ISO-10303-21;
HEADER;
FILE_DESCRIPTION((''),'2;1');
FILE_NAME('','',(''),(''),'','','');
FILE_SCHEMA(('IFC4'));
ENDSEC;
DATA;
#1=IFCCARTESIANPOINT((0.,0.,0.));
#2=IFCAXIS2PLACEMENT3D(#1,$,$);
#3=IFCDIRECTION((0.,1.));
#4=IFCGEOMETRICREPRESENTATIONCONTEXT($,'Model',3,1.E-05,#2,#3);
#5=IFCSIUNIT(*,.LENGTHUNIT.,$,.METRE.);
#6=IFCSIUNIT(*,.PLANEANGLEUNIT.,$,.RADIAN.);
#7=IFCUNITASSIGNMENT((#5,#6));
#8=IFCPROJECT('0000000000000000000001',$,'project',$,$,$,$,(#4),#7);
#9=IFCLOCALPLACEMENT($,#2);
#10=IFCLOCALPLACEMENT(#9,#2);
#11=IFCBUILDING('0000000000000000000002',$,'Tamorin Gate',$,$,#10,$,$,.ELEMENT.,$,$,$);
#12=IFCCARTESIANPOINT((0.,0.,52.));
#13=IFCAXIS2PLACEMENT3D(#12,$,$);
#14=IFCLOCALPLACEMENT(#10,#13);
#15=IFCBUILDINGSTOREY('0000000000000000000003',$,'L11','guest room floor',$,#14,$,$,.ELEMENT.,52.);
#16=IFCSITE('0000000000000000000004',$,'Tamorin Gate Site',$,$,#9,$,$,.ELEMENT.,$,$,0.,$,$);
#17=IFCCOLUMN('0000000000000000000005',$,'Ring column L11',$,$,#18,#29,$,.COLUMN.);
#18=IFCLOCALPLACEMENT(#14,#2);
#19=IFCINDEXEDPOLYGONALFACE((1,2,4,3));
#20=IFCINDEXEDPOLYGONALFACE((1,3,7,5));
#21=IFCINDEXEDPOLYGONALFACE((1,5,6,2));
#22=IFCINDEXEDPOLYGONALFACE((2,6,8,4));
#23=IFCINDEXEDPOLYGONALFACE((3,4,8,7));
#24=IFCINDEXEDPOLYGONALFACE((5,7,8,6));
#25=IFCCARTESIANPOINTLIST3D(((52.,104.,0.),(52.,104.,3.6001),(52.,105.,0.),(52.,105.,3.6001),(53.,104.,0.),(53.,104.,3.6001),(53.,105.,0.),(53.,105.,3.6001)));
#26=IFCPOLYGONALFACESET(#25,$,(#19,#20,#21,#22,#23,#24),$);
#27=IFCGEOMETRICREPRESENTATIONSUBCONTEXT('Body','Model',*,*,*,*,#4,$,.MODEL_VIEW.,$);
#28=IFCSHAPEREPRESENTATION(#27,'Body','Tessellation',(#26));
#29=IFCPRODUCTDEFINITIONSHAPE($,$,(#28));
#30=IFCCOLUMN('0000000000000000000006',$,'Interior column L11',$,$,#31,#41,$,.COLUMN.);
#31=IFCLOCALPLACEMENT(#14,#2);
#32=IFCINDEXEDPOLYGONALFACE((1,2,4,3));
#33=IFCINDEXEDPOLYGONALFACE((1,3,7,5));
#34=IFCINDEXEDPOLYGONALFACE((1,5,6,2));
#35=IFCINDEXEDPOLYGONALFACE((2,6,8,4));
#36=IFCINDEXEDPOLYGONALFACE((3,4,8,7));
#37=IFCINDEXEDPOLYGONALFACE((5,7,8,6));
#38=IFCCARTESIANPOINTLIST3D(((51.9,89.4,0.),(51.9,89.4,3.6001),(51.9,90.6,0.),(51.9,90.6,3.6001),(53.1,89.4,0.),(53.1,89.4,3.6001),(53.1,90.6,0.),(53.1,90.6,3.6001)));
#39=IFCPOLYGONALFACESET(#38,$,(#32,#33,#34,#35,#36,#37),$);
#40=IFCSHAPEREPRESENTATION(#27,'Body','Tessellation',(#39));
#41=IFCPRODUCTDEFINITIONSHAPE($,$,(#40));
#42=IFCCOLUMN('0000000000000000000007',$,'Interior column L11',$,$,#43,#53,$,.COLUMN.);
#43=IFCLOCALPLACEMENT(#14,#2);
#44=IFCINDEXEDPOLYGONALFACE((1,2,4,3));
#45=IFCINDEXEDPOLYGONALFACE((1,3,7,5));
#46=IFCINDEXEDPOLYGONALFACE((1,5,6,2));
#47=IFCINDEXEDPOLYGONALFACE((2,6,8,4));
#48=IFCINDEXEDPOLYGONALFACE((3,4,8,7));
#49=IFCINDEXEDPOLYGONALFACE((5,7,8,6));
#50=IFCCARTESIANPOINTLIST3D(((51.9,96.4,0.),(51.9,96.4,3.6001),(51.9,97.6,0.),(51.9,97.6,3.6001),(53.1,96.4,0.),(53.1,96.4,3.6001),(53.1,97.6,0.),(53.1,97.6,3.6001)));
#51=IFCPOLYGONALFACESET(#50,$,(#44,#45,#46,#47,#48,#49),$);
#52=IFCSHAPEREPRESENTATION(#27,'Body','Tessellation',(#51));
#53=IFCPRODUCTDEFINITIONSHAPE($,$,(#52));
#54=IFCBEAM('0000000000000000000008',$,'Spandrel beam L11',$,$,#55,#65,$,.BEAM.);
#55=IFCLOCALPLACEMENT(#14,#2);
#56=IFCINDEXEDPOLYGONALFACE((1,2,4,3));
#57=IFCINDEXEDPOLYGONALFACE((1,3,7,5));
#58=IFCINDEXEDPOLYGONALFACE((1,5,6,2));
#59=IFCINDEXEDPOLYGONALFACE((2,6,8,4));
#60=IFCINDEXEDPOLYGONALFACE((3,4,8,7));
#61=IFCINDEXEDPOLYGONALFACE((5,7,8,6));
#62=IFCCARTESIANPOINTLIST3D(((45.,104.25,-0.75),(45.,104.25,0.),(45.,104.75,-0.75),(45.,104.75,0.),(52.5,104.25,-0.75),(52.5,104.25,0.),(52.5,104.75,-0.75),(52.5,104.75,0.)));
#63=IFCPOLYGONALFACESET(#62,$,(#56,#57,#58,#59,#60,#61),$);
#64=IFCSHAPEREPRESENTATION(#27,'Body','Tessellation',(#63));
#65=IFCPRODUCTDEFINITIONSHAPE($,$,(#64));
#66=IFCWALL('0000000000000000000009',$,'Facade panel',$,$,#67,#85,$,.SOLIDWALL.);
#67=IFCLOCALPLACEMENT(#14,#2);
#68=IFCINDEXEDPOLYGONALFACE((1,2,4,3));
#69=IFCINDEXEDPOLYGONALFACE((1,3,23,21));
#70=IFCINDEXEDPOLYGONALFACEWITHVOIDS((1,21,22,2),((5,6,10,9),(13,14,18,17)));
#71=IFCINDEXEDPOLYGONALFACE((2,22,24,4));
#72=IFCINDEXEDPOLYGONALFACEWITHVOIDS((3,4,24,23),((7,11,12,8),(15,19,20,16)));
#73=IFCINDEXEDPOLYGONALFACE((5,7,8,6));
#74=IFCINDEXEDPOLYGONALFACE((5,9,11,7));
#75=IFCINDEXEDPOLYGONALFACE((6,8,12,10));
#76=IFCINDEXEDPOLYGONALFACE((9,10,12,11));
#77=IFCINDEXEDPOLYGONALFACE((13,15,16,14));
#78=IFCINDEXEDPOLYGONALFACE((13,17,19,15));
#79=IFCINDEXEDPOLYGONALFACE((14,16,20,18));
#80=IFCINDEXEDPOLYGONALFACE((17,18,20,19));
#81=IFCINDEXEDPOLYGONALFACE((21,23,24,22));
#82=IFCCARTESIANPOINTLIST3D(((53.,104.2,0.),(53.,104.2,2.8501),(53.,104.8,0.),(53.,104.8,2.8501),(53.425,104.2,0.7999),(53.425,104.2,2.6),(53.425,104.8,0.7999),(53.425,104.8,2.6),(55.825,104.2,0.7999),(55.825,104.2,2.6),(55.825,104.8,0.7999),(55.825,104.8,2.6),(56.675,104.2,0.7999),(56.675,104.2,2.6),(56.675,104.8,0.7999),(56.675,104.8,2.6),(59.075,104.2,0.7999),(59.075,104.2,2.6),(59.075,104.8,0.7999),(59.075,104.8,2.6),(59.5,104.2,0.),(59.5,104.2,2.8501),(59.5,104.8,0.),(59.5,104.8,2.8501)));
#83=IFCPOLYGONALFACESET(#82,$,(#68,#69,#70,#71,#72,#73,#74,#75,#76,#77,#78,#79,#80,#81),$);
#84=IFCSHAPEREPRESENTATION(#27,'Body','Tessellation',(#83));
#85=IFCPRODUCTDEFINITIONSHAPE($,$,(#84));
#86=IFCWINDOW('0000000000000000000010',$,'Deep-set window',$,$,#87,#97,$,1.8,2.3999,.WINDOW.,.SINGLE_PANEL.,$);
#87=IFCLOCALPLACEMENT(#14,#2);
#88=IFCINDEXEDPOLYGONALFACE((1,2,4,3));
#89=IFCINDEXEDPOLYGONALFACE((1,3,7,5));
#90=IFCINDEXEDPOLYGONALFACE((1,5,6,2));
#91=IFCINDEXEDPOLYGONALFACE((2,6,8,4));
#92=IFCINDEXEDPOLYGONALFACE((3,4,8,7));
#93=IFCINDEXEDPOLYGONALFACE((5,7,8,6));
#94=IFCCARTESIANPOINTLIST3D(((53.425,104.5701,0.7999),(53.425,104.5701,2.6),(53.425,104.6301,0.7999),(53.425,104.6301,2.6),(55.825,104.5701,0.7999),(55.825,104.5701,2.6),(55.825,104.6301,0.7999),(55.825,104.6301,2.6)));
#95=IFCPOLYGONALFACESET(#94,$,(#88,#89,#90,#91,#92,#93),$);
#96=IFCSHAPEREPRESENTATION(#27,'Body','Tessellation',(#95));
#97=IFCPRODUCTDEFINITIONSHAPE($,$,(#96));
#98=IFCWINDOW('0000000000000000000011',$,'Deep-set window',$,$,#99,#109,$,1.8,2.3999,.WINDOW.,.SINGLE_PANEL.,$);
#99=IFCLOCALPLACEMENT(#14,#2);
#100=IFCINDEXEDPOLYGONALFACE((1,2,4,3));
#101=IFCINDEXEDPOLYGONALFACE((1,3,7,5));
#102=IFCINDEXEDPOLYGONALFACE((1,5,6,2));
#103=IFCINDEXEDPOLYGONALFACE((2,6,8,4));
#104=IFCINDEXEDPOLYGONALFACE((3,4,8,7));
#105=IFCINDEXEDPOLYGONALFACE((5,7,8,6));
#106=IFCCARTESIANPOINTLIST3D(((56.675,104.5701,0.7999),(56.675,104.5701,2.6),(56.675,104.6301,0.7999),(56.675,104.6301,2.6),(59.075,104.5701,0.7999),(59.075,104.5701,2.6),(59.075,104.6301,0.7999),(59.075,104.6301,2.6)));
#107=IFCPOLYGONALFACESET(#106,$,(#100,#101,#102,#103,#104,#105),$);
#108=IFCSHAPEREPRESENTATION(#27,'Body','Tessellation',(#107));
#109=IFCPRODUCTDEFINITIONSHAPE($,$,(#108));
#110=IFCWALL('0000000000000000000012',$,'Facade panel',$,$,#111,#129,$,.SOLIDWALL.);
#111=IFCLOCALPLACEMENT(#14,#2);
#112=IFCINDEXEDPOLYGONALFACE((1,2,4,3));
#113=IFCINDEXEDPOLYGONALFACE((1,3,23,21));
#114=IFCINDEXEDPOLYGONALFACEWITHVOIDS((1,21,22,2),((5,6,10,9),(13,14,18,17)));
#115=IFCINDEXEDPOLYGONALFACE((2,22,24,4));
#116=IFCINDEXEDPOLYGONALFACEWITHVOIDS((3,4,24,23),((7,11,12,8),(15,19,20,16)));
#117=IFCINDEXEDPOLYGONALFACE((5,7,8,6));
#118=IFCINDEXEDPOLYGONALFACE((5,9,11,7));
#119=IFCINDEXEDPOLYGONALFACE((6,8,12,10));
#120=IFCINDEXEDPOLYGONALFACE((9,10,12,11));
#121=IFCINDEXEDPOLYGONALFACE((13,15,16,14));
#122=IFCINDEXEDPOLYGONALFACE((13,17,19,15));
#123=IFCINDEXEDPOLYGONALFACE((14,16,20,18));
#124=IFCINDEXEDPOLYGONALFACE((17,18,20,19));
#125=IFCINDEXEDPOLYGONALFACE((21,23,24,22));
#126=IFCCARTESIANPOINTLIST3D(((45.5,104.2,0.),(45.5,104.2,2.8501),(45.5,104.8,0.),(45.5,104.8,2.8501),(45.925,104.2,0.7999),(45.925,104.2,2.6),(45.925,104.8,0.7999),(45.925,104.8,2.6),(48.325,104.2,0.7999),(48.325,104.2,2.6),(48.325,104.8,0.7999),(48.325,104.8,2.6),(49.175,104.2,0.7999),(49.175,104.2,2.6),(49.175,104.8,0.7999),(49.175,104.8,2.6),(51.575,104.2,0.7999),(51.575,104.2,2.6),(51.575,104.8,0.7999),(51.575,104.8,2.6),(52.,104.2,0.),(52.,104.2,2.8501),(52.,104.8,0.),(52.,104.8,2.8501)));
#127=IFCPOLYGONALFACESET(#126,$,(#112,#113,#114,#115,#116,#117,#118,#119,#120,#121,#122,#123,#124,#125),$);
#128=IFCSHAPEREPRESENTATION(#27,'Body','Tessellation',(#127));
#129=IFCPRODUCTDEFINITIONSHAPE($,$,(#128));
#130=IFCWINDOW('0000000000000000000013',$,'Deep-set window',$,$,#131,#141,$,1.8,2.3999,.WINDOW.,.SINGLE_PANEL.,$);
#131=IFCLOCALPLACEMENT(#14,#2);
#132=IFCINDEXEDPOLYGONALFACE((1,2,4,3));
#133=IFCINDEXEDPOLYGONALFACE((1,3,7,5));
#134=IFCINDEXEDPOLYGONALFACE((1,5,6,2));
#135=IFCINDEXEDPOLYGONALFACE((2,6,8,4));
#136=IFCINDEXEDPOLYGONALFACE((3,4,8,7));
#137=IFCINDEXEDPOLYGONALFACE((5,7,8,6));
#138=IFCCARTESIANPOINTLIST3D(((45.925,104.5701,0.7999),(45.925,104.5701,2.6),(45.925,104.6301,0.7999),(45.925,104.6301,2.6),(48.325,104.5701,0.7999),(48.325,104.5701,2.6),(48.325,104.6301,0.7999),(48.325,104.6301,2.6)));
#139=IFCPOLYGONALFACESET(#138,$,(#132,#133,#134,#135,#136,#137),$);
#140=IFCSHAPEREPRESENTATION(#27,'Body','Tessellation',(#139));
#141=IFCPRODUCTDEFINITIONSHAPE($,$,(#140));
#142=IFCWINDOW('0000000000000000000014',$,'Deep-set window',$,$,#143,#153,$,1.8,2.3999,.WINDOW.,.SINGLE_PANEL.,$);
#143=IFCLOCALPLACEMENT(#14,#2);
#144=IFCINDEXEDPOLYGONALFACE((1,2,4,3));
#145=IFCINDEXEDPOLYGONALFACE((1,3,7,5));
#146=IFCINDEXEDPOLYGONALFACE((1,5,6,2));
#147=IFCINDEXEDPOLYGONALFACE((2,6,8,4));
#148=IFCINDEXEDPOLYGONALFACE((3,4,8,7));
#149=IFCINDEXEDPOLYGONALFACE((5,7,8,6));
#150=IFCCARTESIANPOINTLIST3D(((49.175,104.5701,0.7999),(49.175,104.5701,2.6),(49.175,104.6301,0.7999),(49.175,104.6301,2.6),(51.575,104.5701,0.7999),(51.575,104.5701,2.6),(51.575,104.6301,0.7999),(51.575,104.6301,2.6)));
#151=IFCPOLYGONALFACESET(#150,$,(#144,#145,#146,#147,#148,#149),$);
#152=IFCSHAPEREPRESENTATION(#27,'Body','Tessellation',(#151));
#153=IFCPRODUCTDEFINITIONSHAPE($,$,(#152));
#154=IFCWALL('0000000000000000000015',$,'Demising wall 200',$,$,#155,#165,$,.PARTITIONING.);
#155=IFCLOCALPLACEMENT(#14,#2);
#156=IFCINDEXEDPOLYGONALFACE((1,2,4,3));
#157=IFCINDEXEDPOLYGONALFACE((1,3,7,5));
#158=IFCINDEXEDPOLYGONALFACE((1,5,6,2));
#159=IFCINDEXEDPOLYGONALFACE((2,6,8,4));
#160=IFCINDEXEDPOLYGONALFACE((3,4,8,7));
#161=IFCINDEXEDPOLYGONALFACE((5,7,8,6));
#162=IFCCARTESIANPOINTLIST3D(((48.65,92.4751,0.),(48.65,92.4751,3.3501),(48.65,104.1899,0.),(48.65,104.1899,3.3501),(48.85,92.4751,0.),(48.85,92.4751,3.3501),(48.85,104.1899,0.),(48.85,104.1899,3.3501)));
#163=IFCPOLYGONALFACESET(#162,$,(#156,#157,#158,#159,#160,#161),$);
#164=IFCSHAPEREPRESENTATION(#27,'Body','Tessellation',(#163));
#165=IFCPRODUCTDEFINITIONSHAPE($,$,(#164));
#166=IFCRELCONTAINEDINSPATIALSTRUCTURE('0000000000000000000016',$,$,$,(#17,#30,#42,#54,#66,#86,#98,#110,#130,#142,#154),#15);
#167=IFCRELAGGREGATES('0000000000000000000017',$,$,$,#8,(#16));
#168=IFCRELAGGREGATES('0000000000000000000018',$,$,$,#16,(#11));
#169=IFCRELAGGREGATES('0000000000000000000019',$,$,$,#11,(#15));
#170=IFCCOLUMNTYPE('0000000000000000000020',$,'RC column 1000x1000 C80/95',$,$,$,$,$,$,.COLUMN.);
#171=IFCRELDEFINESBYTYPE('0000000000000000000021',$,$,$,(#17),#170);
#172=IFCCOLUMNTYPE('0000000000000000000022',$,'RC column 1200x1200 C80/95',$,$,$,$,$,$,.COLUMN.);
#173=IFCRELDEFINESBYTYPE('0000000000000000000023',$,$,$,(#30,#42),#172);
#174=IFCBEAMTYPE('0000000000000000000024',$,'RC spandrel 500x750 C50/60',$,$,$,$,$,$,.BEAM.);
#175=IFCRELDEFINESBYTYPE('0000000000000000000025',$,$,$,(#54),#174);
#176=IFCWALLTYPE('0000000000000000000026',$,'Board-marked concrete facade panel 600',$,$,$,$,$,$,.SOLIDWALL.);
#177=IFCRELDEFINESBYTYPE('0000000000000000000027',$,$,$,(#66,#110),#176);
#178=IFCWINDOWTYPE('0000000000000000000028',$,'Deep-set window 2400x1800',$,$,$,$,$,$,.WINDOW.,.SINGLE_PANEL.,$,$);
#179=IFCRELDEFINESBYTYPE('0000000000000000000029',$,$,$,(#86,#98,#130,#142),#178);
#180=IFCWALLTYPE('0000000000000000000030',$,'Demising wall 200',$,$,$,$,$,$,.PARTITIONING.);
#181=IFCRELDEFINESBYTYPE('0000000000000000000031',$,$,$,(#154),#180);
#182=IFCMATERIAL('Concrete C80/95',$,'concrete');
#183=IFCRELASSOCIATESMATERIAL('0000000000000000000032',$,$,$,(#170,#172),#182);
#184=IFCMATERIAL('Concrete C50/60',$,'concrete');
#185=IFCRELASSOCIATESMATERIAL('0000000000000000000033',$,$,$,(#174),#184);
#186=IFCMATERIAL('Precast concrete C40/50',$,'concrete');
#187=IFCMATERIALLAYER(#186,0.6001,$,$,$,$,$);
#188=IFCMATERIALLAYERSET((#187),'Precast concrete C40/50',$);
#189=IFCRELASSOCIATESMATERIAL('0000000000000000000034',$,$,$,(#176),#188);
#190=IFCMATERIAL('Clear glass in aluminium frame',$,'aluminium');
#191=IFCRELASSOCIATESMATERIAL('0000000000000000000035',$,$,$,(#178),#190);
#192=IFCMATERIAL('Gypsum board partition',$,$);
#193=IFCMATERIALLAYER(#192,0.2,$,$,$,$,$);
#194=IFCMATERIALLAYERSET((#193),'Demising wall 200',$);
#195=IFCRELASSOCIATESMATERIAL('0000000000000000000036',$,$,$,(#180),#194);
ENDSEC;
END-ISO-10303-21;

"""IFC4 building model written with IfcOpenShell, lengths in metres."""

from ifc_helpers import new_model, si_unit, direction, frame, frame_2d, origin, origin_2d, place, context, subcontext, project, spatial, rectangle, extrude, material, layer, layer_set, material_profile, profile_set, type_object, element, fill, save


model = new_model("IFC4")

# Units and contexts
model_context = context("Model", 3, precision=1e-05, world=origin(), true_north=direction((0.0, 1.0)))
body_context = subcontext(model_context, "Body", "Model", "MODEL_VIEW")
ifc_project = project(units=[si_unit("LENGTHUNIT", "METRE"), si_unit("PLANEANGLEUNIT", "RADIAN")], contexts=[model_context])

# Site, building, storey
site_placement = place(None, origin())
site = spatial("IfcSite", under=ifc_project, at=site_placement, Name="Tamorin Gate Site", CompositionType="ELEMENT", RefElevation=0.0)
building_placement = place(site_placement, origin())
building = spatial("IfcBuilding", under=site, at=building_placement, Name="Tamorin Gate", CompositionType="ELEMENT")
storey_placement = place(building_placement, frame((0.0, 0.0, 52.0)))
storey = spatial("IfcBuildingStorey", under=building, at=storey_placement, Name="L11", Description="guest room floor", CompositionType="ELEMENT", Elevation=52.0)

# Columns
ifc_material_1 = material(Name="Concrete C80/95", Category="concrete")
ifc_material_profile_1 = material_profile(ifc_material_1, rectangle(XDim=1.0, YDim=1.0, at=origin_2d()), Name="RC 1000x1000")
ifc_profile_set_1 = profile_set([ifc_material_profile_1], Name="Concrete C80/95")
column_type_1 = type_object("IfcColumnType", Name="RC column 1000x1000 C80/95", PredefinedType="COLUMN", material=ifc_profile_set_1)
column_placement = place(storey_placement, frame((52.5, 104.5, 0.0), z_axis=(0.0, 0.0, 1.0), x_axis=(1.0, 0.0, 0.0)))
element("IfcColumn", 1, at=column_placement, inside=storey, type_object=column_type_1, Name="Ring column L11", PredefinedType="COLUMN", context=body_context, shape_type="SweptSolid", body=[
    extrude(rectangle(XDim=1.0, YDim=1.0, at=origin_2d()), origin(), (0.0, 0.0, 1.0), 3.6001),
])
ifc_material_profile_2 = material_profile(ifc_material_1, rectangle(XDim=1.2, YDim=1.2, at=origin_2d()), Name="RC 1200x1200")
ifc_profile_set_2 = profile_set([ifc_material_profile_2], Name="Concrete C80/95")
column_type_2 = type_object("IfcColumnType", Name="RC column 1200x1200 C80/95", PredefinedType="COLUMN", material=ifc_profile_set_2)
for number, where, z_axis, x_axis, name in (
    (2, (52.5, 90.0, 0.0), (0.0, 0.0, 1.0), (1.0, 0.0, 0.0), "Interior column L11"),
    (3, (52.5, 97.0, 0.0), (0.0, 0.0, 1.0), (1.0, 0.0, 0.0), "Interior column L11"),
):
    element("IfcColumn", number, at=place(storey_placement, frame(where, z_axis=z_axis, x_axis=x_axis)), inside=storey, type_object=column_type_2, Name=name, PredefinedType="COLUMN", context=body_context, shape_type="SweptSolid", body=[
        extrude(rectangle(XDim=1.2, YDim=1.2, at=origin_2d()), origin(), (0.0, 0.0, 1.0), 3.6001),
    ])

# Beam
ifc_material_2 = material(Name="Concrete C50/60", Category="concrete")
ifc_material_profile_3 = material_profile(ifc_material_2, rectangle(XDim=0.5, YDim=0.75, at=origin_2d()), Name="RC 500x750")
ifc_profile_set_3 = profile_set([ifc_material_profile_3], Name="Concrete C50/60")
beam_type = type_object("IfcBeamType", Name="RC spandrel 500x750 C50/60", PredefinedType="BEAM", material=ifc_profile_set_3)
beam_placement = place(storey_placement, frame((52.5, 104.5, -0.375), z_axis=(-1.0, 0.0, 0.0), x_axis=(0.0, -1.0, 0.0)))
element("IfcBeam", 4, at=beam_placement, inside=storey, type_object=beam_type, Name="Spandrel beam L11", PredefinedType="BEAM", context=body_context, shape_type="SweptSolid", body=[
    extrude(rectangle(XDim=0.5, YDim=0.75, at=origin_2d()), origin(), (0.0, 0.0, 1.0), 7.5),
])

# Walls, openings, windows
ifc_material_3 = material(Name="Precast concrete C40/50", Category="concrete")
ifc_layer_1 = layer(ifc_material_3, 0.6001)
ifc_layer_set_1 = layer_set([ifc_layer_1], Name="Precast concrete C40/50")
wall_type_1 = type_object("IfcWallType", Name="Board-marked concrete facade panel 600", PredefinedType="SOLIDWALL", material=ifc_layer_set_1)
wall_1_placement = place(storey_placement, frame((59.5, 104.5, 0.0), z_axis=(0.0, 0.0, 1.0), x_axis=(-1.0, 0.0, 0.0)))
wall_1 = element("IfcWall", 5, at=wall_1_placement, inside=storey, type_object=wall_type_1, Name="Facade panel", PredefinedType="SOLIDWALL", context=body_context, shape_type="SweptSolid", body=[
    extrude(rectangle(XDim=6.5, YDim=0.6001, at=frame_2d((3.25, 0.0))), origin(), (0.0, 0.0, 1.0), 2.8501),
])
opening_1_placement = place(wall_1_placement, frame((3.675, 0.0, 0.8)))
opening_1 = element("IfcOpeningElement", 6, at=opening_1_placement, cuts=wall_1, PredefinedType="OPENING", context=body_context, shape_type="SweptSolid", body=[
    extrude(rectangle(XDim=2.3999, YDim=1.8, at=frame_2d((1.2, 0.8999))), frame((0.0, 0.3101, 0.0), z_axis=(0.0, -1.0, 0.0), x_axis=(1.0, 0.0, 0.0)), (0.0, 0.0, 1.0), 0.6201),
])
opening_2_placement = place(wall_1_placement, frame((0.425, 0.0, 0.8)))
opening_2 = element("IfcOpeningElement", 7, at=opening_2_placement, cuts=wall_1, PredefinedType="OPENING", context=body_context, shape_type="SweptSolid", body=[
    extrude(rectangle(XDim=2.3999, YDim=1.8, at=frame_2d((1.2, 0.8999))), frame((0.0, 0.3101, 0.0), z_axis=(0.0, -1.0, 0.0), x_axis=(1.0, 0.0, 0.0)), (0.0, 0.0, 1.0), 0.6201),
])
ifc_material_4 = material(Name="Clear glass in aluminium frame", Category="aluminium")
window_type = type_object("IfcWindowType", Name="Deep-set window 2400x1800", PartitioningType="SINGLE_PANEL", PredefinedType="WINDOW", material=ifc_material_4)
window_1_placement = place(opening_1_placement, origin())
window_1 = element("IfcWindow", 8, at=window_1_placement, inside=storey, type_object=window_type, Name="Deep-set window", OverallHeight=1.8, OverallWidth=2.3999, PartitioningType="SINGLE_PANEL", PredefinedType="WINDOW", context=body_context, shape_type="SweptSolid", body=[
    extrude(rectangle(XDim=2.3999, YDim=1.8, at=frame_2d((1.2, 0.8999))), frame((0.0, -0.0701, 0.0), z_axis=(0.0, -1.0, 0.0), x_axis=(1.0, 0.0, 0.0)), (0.0, 0.0, 1.0), 0.0601),
])
fill(opening_1, window_1)
window_2_placement = place(opening_2_placement, origin())
window_2 = element("IfcWindow", 9, at=window_2_placement, inside=storey, type_object=window_type, Name="Deep-set window", OverallHeight=1.8, OverallWidth=2.3999, PartitioningType="SINGLE_PANEL", PredefinedType="WINDOW", context=body_context, shape_type="SweptSolid", body=[
    extrude(rectangle(XDim=2.3999, YDim=1.8, at=frame_2d((1.2, 0.8999))), frame((0.0, -0.0701, 0.0), z_axis=(0.0, -1.0, 0.0), x_axis=(1.0, 0.0, 0.0)), (0.0, 0.0, 1.0), 0.0601),
])
fill(opening_2, window_2)
wall_2_placement = place(storey_placement, frame((52.0, 104.5, 0.0), z_axis=(0.0, 0.0, 1.0), x_axis=(-1.0, 0.0, 0.0)))
wall_2 = element("IfcWall", 10, at=wall_2_placement, inside=storey, type_object=wall_type_1, Name="Facade panel", PredefinedType="SOLIDWALL", context=body_context, shape_type="SweptSolid", body=[
    extrude(rectangle(XDim=6.5, YDim=0.6001, at=frame_2d((3.25, 0.0))), origin(), (0.0, 0.0, 1.0), 2.8501),
])
opening_3_placement = place(wall_2_placement, frame((3.675, 0.0, 0.8)))
opening_3 = element("IfcOpeningElement", 11, at=opening_3_placement, cuts=wall_2, PredefinedType="OPENING", context=body_context, shape_type="SweptSolid", body=[
    extrude(rectangle(XDim=2.3999, YDim=1.8, at=frame_2d((1.2, 0.8999))), frame((0.0, 0.3101, 0.0), z_axis=(0.0, -1.0, 0.0), x_axis=(1.0, 0.0, 0.0)), (0.0, 0.0, 1.0), 0.6201),
])
opening_4_placement = place(wall_2_placement, frame((0.425, 0.0, 0.8)))
opening_4 = element("IfcOpeningElement", 12, at=opening_4_placement, cuts=wall_2, PredefinedType="OPENING", context=body_context, shape_type="SweptSolid", body=[
    extrude(rectangle(XDim=2.3999, YDim=1.8, at=frame_2d((1.2, 0.8999))), frame((0.0, 0.3101, 0.0), z_axis=(0.0, -1.0, 0.0), x_axis=(1.0, 0.0, 0.0)), (0.0, 0.0, 1.0), 0.6201),
])
window_3_placement = place(opening_3_placement, origin())
window_3 = element("IfcWindow", 13, at=window_3_placement, inside=storey, type_object=window_type, Name="Deep-set window", OverallHeight=1.8, OverallWidth=2.3999, PartitioningType="SINGLE_PANEL", PredefinedType="WINDOW", context=body_context, shape_type="SweptSolid", body=[
    extrude(rectangle(XDim=2.3999, YDim=1.8, at=frame_2d((1.2, 0.8999))), frame((0.0, -0.0701, 0.0), z_axis=(0.0, -1.0, 0.0), x_axis=(1.0, 0.0, 0.0)), (0.0, 0.0, 1.0), 0.0601),
])
fill(opening_3, window_3)
window_4_placement = place(opening_4_placement, origin())
window_4 = element("IfcWindow", 14, at=window_4_placement, inside=storey, type_object=window_type, Name="Deep-set window", OverallHeight=1.8, OverallWidth=2.3999, PartitioningType="SINGLE_PANEL", PredefinedType="WINDOW", context=body_context, shape_type="SweptSolid", body=[
    extrude(rectangle(XDim=2.3999, YDim=1.8, at=frame_2d((1.2, 0.8999))), frame((0.0, -0.0701, 0.0), z_axis=(0.0, -1.0, 0.0), x_axis=(1.0, 0.0, 0.0)), (0.0, 0.0, 1.0), 0.0601),
])
fill(opening_4, window_4)

# Wall
ifc_material_5 = material(Name="Gypsum board partition")
ifc_layer_2 = layer(ifc_material_5, 0.2)
ifc_layer_set_2 = layer_set([ifc_layer_2], Name="Demising wall 200")
wall_type_2 = type_object("IfcWallType", Name="Demising wall 200", PredefinedType="PARTITIONING", material=ifc_layer_set_2)
for number, where, z_axis, x_axis, name in (
    (15, (48.75, 92.4751, 0.0), (0.0, 0.0, 1.0), (0.0, 1.0, 0.0), "Demising wall 200"),
):
    element("IfcWall", number, at=place(storey_placement, frame(where, z_axis=z_axis, x_axis=x_axis)), inside=storey, type_object=wall_type_2, Name=name, PredefinedType="PARTITIONING", context=body_context, shape_type="SweptSolid", body=[
        extrude(rectangle(XDim=11.7148, YDim=0.2, at=frame_2d((5.8574, 0.0))), origin(), (0.0, 0.0, 1.0), 3.3501),
    ])

save(model, "model.ifc")
